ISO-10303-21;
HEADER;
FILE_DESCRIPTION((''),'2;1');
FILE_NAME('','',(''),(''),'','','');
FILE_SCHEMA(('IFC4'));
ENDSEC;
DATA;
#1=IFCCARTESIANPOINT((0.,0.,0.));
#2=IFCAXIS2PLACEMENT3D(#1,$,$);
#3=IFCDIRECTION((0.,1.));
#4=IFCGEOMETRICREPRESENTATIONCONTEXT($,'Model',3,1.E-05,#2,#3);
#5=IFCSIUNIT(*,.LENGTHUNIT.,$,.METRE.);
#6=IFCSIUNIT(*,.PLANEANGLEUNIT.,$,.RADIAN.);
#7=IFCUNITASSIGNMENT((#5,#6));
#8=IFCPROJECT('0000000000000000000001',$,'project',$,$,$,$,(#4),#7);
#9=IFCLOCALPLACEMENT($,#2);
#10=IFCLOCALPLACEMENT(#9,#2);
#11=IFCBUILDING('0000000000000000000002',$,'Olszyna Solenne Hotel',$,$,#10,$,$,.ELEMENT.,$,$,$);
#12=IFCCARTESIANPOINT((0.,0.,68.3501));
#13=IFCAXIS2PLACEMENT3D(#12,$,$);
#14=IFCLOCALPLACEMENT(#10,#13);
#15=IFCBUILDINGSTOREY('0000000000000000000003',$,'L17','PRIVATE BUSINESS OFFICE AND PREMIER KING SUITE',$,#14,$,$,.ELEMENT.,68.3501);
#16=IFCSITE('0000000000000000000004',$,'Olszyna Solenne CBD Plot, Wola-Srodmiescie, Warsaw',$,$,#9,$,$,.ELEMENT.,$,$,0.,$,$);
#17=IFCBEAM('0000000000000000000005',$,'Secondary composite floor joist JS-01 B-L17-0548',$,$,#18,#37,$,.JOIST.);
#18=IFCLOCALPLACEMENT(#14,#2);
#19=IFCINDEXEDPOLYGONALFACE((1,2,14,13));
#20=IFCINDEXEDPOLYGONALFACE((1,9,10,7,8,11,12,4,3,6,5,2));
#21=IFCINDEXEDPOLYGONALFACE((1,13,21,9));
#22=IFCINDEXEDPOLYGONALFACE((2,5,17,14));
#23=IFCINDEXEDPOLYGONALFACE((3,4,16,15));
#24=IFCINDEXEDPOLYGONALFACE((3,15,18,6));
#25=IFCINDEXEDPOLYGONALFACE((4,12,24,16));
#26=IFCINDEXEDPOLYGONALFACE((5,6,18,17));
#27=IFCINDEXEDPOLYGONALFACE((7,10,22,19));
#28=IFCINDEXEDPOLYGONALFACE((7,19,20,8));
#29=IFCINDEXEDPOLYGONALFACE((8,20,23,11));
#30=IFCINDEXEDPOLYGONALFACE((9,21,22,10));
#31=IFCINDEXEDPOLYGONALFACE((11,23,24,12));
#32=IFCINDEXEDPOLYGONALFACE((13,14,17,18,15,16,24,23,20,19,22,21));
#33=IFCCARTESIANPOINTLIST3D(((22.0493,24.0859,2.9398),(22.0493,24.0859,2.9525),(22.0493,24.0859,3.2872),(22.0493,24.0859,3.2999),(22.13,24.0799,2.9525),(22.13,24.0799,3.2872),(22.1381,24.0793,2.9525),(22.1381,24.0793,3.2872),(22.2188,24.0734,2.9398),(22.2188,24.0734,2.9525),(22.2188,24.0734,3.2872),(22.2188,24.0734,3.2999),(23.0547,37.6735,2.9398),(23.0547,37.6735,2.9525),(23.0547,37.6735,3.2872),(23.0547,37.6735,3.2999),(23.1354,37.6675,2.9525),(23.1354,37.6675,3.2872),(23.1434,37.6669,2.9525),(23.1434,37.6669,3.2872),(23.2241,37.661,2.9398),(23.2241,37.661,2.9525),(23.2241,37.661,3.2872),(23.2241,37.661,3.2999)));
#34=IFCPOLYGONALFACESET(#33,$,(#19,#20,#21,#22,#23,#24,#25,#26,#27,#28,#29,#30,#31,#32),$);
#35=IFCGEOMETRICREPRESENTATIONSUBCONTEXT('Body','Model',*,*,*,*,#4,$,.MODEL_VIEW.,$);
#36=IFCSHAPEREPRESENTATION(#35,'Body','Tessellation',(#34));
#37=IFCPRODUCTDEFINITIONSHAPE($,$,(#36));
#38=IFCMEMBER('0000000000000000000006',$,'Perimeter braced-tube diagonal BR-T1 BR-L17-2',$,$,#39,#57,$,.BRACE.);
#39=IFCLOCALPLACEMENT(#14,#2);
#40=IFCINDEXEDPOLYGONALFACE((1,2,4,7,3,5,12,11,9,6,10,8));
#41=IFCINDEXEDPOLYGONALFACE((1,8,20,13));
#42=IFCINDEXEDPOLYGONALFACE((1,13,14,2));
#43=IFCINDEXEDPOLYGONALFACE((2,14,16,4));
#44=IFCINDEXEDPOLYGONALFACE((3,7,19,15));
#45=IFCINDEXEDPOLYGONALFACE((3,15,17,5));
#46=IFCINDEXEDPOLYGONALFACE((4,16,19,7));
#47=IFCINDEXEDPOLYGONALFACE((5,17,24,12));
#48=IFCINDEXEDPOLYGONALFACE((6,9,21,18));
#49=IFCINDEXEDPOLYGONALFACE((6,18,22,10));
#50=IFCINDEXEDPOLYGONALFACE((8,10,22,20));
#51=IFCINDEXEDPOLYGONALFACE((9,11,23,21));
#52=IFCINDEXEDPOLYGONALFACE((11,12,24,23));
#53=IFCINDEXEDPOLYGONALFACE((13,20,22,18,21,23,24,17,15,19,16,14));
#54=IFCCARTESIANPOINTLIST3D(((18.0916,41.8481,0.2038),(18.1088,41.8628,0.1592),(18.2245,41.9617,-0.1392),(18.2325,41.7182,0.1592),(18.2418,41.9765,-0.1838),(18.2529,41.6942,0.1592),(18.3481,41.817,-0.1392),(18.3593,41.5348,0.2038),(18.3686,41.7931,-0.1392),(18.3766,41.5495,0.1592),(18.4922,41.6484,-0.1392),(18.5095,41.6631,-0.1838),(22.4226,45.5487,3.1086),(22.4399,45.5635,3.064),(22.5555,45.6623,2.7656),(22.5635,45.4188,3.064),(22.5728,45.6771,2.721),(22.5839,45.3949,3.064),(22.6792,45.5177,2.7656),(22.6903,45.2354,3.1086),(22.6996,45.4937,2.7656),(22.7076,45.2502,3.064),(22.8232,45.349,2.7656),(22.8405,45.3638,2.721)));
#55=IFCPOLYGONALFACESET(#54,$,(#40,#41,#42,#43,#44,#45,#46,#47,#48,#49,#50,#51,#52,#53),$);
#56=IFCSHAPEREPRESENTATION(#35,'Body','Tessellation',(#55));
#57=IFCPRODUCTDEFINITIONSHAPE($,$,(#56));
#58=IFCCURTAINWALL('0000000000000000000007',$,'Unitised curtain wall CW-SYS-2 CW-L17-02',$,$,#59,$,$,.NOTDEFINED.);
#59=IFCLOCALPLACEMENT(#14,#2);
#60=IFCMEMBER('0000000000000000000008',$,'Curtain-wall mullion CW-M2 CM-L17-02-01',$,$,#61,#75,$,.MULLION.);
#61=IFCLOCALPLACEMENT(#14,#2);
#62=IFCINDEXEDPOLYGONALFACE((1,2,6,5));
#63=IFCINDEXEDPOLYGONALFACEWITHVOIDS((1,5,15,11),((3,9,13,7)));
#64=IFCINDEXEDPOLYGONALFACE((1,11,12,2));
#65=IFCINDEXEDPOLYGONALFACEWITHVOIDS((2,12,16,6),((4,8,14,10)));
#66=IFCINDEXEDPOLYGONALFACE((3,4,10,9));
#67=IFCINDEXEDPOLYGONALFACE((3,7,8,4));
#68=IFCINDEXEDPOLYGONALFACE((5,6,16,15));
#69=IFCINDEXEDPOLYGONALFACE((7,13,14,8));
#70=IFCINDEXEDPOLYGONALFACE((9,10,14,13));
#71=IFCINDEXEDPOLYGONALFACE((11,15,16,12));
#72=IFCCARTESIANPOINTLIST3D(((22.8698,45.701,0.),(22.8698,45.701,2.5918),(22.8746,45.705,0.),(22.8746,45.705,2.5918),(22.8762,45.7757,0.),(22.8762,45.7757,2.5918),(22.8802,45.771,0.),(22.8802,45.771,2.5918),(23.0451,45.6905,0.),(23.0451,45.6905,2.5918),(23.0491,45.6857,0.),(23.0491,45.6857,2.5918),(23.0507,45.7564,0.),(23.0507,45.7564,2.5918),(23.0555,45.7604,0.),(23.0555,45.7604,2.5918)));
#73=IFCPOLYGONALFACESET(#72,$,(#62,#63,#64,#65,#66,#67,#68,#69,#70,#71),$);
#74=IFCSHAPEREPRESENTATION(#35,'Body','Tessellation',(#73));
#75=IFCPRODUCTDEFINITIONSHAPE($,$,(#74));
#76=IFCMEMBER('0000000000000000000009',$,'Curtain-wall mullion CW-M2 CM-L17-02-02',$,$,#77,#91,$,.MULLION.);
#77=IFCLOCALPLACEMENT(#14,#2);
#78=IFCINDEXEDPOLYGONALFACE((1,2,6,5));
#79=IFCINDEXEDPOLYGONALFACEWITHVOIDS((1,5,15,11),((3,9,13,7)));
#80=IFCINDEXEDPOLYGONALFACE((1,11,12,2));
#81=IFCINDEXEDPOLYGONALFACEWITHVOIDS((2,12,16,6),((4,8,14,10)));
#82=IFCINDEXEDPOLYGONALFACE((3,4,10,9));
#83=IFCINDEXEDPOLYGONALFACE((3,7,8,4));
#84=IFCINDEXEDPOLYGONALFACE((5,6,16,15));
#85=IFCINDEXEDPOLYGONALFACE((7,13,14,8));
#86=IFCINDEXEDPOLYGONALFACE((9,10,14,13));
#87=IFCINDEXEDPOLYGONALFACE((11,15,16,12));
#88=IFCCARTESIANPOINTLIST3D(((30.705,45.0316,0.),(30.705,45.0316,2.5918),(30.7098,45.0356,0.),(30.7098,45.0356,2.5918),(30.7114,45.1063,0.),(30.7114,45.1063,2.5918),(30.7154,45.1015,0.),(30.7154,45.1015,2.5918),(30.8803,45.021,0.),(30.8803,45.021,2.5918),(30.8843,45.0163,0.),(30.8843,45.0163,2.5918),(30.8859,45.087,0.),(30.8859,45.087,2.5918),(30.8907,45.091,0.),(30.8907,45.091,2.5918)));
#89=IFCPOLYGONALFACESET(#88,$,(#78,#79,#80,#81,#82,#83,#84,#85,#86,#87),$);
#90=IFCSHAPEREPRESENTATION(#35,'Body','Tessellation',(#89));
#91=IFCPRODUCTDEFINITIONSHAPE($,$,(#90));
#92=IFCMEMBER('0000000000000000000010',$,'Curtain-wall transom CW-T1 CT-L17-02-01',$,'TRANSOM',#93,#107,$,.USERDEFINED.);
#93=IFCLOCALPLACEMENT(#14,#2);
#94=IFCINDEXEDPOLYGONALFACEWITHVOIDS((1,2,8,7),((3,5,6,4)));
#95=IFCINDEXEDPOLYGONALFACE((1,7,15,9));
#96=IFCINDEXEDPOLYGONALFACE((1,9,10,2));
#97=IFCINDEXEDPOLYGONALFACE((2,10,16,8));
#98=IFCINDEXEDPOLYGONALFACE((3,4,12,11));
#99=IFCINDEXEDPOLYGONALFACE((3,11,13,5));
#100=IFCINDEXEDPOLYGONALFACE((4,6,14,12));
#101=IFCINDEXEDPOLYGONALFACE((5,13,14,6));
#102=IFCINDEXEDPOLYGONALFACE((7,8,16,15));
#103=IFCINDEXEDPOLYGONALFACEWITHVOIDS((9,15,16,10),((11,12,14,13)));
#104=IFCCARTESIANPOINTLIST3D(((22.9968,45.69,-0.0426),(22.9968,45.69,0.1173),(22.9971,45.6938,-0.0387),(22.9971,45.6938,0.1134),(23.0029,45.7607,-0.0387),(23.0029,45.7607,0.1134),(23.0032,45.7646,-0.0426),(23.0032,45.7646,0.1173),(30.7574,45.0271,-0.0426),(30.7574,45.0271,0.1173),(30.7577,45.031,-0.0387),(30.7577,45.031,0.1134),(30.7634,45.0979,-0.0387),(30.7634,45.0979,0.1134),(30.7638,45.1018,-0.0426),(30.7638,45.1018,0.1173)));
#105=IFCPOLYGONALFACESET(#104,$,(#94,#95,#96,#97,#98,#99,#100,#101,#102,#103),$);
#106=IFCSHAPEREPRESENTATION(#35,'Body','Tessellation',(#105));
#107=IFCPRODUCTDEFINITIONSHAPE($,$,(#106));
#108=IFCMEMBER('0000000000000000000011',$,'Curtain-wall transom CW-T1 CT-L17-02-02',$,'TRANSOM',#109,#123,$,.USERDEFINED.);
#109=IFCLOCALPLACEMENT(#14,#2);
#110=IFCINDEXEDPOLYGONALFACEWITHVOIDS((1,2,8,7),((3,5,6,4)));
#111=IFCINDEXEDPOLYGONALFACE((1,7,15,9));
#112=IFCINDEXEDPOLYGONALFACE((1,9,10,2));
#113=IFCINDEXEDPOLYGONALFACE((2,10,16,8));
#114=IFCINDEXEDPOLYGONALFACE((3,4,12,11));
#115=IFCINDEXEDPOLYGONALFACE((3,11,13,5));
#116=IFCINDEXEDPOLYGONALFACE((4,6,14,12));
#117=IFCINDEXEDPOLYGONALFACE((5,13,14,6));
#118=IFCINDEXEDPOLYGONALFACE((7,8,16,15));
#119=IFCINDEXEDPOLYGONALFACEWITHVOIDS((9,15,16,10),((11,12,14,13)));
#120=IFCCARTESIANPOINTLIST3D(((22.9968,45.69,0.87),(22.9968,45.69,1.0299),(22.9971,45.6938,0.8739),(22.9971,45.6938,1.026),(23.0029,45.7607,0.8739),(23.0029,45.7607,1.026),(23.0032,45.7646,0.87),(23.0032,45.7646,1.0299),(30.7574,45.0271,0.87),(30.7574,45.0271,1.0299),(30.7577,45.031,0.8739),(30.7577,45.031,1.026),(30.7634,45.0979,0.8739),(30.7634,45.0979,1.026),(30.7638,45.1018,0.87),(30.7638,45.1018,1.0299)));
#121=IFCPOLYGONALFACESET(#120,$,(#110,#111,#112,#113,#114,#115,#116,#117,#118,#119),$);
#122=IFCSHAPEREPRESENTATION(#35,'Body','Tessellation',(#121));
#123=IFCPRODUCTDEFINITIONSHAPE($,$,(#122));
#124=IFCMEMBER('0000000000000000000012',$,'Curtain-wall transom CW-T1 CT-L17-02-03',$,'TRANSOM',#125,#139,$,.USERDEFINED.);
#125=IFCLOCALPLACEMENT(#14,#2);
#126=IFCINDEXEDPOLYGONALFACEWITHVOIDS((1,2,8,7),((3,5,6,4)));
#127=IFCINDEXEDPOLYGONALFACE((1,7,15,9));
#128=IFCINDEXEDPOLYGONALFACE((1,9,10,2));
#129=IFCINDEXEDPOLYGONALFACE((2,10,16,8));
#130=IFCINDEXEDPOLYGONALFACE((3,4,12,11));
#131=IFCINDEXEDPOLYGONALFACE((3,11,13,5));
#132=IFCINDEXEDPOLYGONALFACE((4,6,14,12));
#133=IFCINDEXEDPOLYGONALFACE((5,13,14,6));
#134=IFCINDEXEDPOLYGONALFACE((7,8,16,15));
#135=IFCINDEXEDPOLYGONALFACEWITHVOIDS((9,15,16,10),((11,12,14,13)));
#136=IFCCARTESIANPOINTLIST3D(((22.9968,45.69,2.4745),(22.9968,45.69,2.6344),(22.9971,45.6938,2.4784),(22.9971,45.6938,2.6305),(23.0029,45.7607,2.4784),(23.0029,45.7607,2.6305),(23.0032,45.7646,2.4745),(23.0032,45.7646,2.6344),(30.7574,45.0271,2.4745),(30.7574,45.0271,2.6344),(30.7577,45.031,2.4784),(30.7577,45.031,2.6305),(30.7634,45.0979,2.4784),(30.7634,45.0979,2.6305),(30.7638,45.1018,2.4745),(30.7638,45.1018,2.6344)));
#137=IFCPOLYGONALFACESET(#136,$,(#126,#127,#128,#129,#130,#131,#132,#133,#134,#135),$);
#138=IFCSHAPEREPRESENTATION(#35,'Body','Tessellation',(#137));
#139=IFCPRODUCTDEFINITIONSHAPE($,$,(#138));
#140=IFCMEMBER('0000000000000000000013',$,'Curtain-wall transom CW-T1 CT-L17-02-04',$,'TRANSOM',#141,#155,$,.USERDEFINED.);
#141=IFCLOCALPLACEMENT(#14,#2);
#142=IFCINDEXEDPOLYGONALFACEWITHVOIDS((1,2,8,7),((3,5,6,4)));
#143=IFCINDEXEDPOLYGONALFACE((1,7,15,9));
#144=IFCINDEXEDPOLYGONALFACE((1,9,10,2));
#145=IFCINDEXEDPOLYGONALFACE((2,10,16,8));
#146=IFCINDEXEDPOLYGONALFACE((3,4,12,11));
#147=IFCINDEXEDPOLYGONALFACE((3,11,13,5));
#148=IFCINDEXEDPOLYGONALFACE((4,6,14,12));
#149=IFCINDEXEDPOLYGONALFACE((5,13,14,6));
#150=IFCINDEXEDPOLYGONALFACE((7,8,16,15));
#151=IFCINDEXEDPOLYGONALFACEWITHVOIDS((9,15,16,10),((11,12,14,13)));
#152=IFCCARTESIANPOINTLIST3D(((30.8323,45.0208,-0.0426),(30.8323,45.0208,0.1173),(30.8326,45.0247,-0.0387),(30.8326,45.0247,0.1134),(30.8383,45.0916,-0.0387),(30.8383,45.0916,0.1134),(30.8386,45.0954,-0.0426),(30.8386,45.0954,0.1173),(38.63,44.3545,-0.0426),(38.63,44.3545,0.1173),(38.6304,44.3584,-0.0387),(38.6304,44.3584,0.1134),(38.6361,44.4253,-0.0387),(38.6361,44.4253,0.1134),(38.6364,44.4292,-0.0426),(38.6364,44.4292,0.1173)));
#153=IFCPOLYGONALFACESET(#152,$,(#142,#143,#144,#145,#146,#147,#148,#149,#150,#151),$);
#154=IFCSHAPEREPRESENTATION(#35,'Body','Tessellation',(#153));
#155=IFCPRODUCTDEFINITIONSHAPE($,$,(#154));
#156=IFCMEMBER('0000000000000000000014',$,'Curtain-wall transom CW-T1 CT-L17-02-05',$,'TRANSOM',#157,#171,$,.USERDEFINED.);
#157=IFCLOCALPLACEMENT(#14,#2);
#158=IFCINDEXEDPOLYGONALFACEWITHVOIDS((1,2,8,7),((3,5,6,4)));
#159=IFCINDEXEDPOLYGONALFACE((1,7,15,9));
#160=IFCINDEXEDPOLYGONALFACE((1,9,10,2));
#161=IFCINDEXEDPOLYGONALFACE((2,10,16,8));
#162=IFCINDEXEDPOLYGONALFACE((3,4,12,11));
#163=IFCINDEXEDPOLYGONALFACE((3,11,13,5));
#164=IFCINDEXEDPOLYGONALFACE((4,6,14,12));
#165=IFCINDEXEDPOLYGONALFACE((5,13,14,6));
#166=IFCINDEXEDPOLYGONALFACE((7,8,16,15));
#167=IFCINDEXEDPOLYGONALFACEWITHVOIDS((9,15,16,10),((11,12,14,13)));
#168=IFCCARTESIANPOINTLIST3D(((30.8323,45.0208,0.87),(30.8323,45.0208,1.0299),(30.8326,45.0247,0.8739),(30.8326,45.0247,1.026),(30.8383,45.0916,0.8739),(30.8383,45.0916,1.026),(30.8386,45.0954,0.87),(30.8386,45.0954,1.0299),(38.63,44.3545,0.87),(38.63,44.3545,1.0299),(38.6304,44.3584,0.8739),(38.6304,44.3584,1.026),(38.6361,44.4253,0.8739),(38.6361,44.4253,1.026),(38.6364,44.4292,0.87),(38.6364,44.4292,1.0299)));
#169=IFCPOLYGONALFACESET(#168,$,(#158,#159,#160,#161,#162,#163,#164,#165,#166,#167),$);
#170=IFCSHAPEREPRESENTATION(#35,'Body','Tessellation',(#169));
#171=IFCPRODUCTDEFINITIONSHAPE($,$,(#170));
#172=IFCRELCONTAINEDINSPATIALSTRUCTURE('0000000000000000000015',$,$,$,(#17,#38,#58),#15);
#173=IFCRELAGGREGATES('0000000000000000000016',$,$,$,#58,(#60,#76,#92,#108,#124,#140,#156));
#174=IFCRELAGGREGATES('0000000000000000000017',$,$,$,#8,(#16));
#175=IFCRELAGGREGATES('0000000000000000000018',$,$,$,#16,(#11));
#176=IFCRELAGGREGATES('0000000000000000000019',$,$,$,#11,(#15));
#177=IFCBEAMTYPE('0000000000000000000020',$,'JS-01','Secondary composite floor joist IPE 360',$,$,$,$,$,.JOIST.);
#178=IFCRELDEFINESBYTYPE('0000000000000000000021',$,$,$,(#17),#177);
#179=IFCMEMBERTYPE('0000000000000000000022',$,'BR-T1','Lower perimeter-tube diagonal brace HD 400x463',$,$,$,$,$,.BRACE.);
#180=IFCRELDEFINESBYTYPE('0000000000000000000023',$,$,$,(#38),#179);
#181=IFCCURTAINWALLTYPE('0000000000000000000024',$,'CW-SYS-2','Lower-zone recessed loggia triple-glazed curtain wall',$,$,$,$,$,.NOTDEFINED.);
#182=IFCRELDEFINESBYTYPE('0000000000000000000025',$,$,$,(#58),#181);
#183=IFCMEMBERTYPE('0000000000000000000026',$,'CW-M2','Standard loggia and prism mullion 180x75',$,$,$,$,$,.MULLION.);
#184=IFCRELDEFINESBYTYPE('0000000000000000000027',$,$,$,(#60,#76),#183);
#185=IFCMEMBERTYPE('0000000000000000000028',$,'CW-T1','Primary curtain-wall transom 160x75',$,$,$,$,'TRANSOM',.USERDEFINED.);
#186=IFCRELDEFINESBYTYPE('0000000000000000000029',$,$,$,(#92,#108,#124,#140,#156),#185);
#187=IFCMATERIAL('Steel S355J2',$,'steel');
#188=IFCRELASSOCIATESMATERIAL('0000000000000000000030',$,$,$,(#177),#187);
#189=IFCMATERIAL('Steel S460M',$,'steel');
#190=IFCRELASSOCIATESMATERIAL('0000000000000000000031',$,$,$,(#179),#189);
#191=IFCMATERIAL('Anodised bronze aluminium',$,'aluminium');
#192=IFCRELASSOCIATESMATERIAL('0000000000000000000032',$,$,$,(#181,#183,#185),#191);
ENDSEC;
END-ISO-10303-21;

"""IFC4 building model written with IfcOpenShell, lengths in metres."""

from ifc_helpers import new_model, si_unit, direction, frame, origin, origin_2d, place, context, subcontext, project, spatial, hollow_rectangle, i_section, extrude, source, transform, mapped, material, material_profile, profile_set, type_object, element, aggregate, save


model = new_model("IFC4")

# Units and contexts
model_context = context("Model", 3, precision=1e-05, world=origin(), true_north=direction((0.0, 1.0)))
body_context = subcontext(model_context, "Body", "Model", "MODEL_VIEW")
ifc_project = project(units=[si_unit("LENGTHUNIT", "METRE"), si_unit("PLANEANGLEUNIT", "RADIAN")], contexts=[model_context])

# Site, building, storey
site_placement = place(None, origin())
site = spatial("IfcSite", under=ifc_project, at=site_placement, Name="Olszyna Solenne CBD Plot, Wola-Srodmiescie, Warsaw", CompositionType="ELEMENT", RefElevation=0.0)
building_placement = place(site_placement, origin())
building = spatial("IfcBuilding", under=site, at=building_placement, Name="Olszyna Solenne Hotel", CompositionType="ELEMENT")
storey_placement = place(building_placement, frame((0.0, 0.0, 68.3501)))
storey = spatial("IfcBuildingStorey", under=building, at=storey_placement, Name="L17", Description="PRIVATE BUSINESS OFFICE AND PREMIER KING SUITE", CompositionType="ELEMENT", Elevation=68.3501)

# Shared definitions
ifc_material_1 = material(Name="Steel S460M", Category="steel")

# Beam
ifc_material_2 = material(Name="Steel S355J2", Category="steel")
ifc_material_profile_1 = material_profile(ifc_material_2, i_section(OverallWidth=0.1699, OverallDepth=0.3601, WebThickness=0.0081, FlangeThickness=0.0127, at=origin_2d()), Name="IPE 360", Category="load-bearing")
ifc_profile_set_1 = profile_set([ifc_material_profile_1], Name="Steel S355J2")
beam_type_1 = type_object("IfcBeamType", Name="JS-01", Description="Secondary composite floor joist IPE 360", PredefinedType="JOIST", material=ifc_profile_set_1)
shared_shape_1 = source(origin(), body_context, "Body", "SweptSolid", [
    extrude(i_section(OverallWidth=0.1699, OverallDepth=0.3601, WebThickness=0.0081, FlangeThickness=0.0127, at=origin_2d()), origin(), (0.0, 0.0, 1.0), 13.6248),
])
beam_1_placement = place(storey_placement, frame((23.1394, 37.6672, 3.1199), z_axis=(-0.07379, -0.997274, 0.0), x_axis=(0.997274, -0.07379, 0.0)))
element("IfcBeam", 1, at=beam_1_placement, inside=storey, type_object=beam_type_1, Name="Secondary composite floor joist JS-01 B-L17-0548", PredefinedType="JOIST", context=body_context, shape_type="MappedRepresentation", body=[
    mapped(shared_shape_1, transform((0.0, 0.0, 0.0), x_axis=(1.0, 0.0, 0.0), y_axis=(0.0, 1.0, 0.0), z_axis=(0.0, 0.0, 1.0), scale=1.0)),
])

# Member
ifc_material_profile_2 = material_profile(ifc_material_1, i_section(OverallWidth=0.4121, OverallDepth=0.4351, WebThickness=0.0315, FlangeThickness=0.05, at=origin_2d()), Name="HD 400x463", Category="load-bearing")
ifc_profile_set_2 = profile_set([ifc_material_profile_2], Name="Steel S460M")
member_type_1 = type_object("IfcMemberType", Name="BR-T1", Description="Lower perimeter-tube diagonal brace HD 400x463", PredefinedType="BRACE", material=ifc_profile_set_2)
shared_shape_2 = source(origin(), body_context, "Body", "SweptSolid", [
    extrude(i_section(OverallWidth=0.4121, OverallDepth=0.4351, WebThickness=0.0315, FlangeThickness=0.05, at=origin_2d()), origin(), (0.0, 0.0, 1.0), 6.3945),
])
member_1_placement = place(storey_placement, frame((18.3005, 41.7556, 0.01), z_axis=(0.677299, 0.57872, 0.454256), x_axis=(-0.649612, 0.760266, 0.0)))
element("IfcMember", 2, at=member_1_placement, inside=storey, type_object=member_type_1, Name="Perimeter braced-tube diagonal BR-T1 BR-L17-2", PredefinedType="BRACE", context=body_context, shape_type="MappedRepresentation", body=[
    mapped(shared_shape_2, transform((0.0, 0.0, 0.0), x_axis=(1.0, 0.0, 0.0), y_axis=(0.0, 1.0, 0.0), z_axis=(0.0, 0.0, 1.0), scale=1.0)),
])

# Curtain wall, members
ifc_material_3 = material(Name="Anodised bronze aluminium", Category="aluminium")
curtain_wall_type = type_object("IfcCurtainWallType", Name="CW-SYS-2", Description="Lower-zone recessed loggia triple-glazed curtain wall", PredefinedType="NOTDEFINED", material=ifc_material_3)
curtain_wall_placement = place(storey_placement, origin())
curtain_wall = element("IfcCurtainWall", 3, at=curtain_wall_placement, inside=storey, type_object=curtain_wall_type, Name="Unitised curtain wall CW-SYS-2 CW-L17-02", PredefinedType="NOTDEFINED")
ifc_material_profile_3 = material_profile(ifc_material_3, hollow_rectangle(XDim=0.075, YDim=0.1799, WallThickness=0.0044, at=origin_2d()), Name="MULL 180x75x4.5", Category="load-bearing")
ifc_profile_set_3 = profile_set([ifc_material_profile_3], Name="Anodised bronze aluminium")
member_type_2 = type_object("IfcMemberType", Name="CW-M2", Description="Standard loggia and prism mullion 180x75", PredefinedType="MULLION", material=ifc_profile_set_3)
shared_shape_3 = source(origin(), body_context, "Body", "SweptSolid", [
    extrude(hollow_rectangle(XDim=0.075, YDim=0.1799, WallThickness=0.0044, at=origin_2d()), origin(), (0.0, 0.0, 1.0), 2.5918),
])
member_2_placement = place(storey_placement, frame((22.9626, 45.7307, 0.0), z_axis=(0.0, 0.0, 1.0), x_axis=(0.085125, 0.99637, 0.0)))
member_2 = element("IfcMember", 4, at=member_2_placement, type_object=member_type_2, Name="Curtain-wall mullion CW-M2 CM-L17-02-01", PredefinedType="MULLION", context=body_context, shape_type="MappedRepresentation", body=[
    mapped(shared_shape_3, transform((0.0, 0.0, 0.0), x_axis=(1.0, 0.0, 0.0), y_axis=(0.0, 1.0, 0.0), z_axis=(0.0, 0.0, 1.0), scale=1.0)),
])
member_3_placement = place(storey_placement, frame((30.7979, 45.0613, 0.0), z_axis=(0.0, 0.0, 1.0), x_axis=(0.085125, 0.99637, 0.0)))
member_3 = element("IfcMember", 5, at=member_3_placement, type_object=member_type_2, Name="Curtain-wall mullion CW-M2 CM-L17-02-02", PredefinedType="MULLION", context=body_context, shape_type="MappedRepresentation", body=[
    mapped(shared_shape_3, transform((0.0, 0.0, 0.0), x_axis=(1.0, 0.0, 0.0), y_axis=(0.0, 1.0, 0.0), z_axis=(0.0, 0.0, 1.0), scale=1.0)),
])
ifc_material_profile_4 = material_profile(ifc_material_3, hollow_rectangle(XDim=0.075, YDim=0.1599, WallThickness=0.0039, at=origin_2d()), Name="TRAN 160x75x4", Category="load-bearing")
ifc_profile_set_4 = profile_set([ifc_material_profile_4], Name="Anodised bronze aluminium")
member_type_3 = type_object("IfcMemberType", Name="CW-T1", Description="Primary curtain-wall transom 160x75", ElementType="TRANSOM", PredefinedType="USERDEFINED", material=ifc_profile_set_4)
shared_shape_4 = source(origin(), body_context, "Body", "SweptSolid", [
    extrude(hollow_rectangle(XDim=0.075, YDim=0.1599, WallThickness=0.0039, at=origin_2d()), origin(), (0.0, 0.0, 1.0), 7.7888),
])
member_4_placement = place(storey_placement, frame((23.0, 45.7273, 0.0374), z_axis=(0.996372, -0.085102, 0.0), x_axis=(0.085102, 0.996372, 0.0)))
member_4 = element("IfcMember", 6, at=member_4_placement, type_object=member_type_3, Name="Curtain-wall transom CW-T1 CT-L17-02-01", ObjectType="TRANSOM", PredefinedType="USERDEFINED", context=body_context, shape_type="MappedRepresentation", body=[
    mapped(shared_shape_4, transform((0.0, 0.0, 0.0), x_axis=(1.0, 0.0, 0.0), y_axis=(0.0, 1.0, 0.0), z_axis=(0.0, 0.0, 1.0), scale=1.0)),
])
member_5_placement = place(storey_placement, frame((23.0, 45.7273, 0.95), z_axis=(0.996372, -0.085102, 0.0), x_axis=(0.085102, 0.996372, 0.0)))
member_5 = element("IfcMember", 7, at=member_5_placement, type_object=member_type_3, Name="Curtain-wall transom CW-T1 CT-L17-02-02", ObjectType="TRANSOM", PredefinedType="USERDEFINED", context=body_context, shape_type="MappedRepresentation", body=[
    mapped(shared_shape_4, transform((0.0, 0.0, 0.0), x_axis=(1.0, 0.0, 0.0), y_axis=(0.0, 1.0, 0.0), z_axis=(0.0, 0.0, 1.0), scale=1.0)),
])
member_6_placement = place(storey_placement, frame((23.0, 45.7273, 2.5544), z_axis=(0.996372, -0.085102, 0.0), x_axis=(0.085102, 0.996372, 0.0)))
member_6 = element("IfcMember", 8, at=member_6_placement, type_object=member_type_3, Name="Curtain-wall transom CW-T1 CT-L17-02-03", ObjectType="TRANSOM", PredefinedType="USERDEFINED", context=body_context, shape_type="MappedRepresentation", body=[
    mapped(shared_shape_4, transform((0.0, 0.0, 0.0), x_axis=(1.0, 0.0, 0.0), y_axis=(0.0, 1.0, 0.0), z_axis=(0.0, 0.0, 1.0), scale=1.0)),
])
shared_shape_5 = source(origin(), body_context, "Body", "SweptSolid", [
    extrude(hollow_rectangle(XDim=0.075, YDim=0.1599, WallThickness=0.0039, at=origin_2d()), origin(), (0.0, 0.0, 1.0), 7.8262),
])
member_7_placement = place(storey_placement, frame((30.8354, 45.0581, 0.0374), z_axis=(0.99637, -0.085131, 0.0), x_axis=(0.085131, 0.99637, 0.0)))
member_7 = element("IfcMember", 9, at=member_7_placement, type_object=member_type_3, Name="Curtain-wall transom CW-T1 CT-L17-02-04", ObjectType="TRANSOM", PredefinedType="USERDEFINED", context=body_context, shape_type="MappedRepresentation", body=[
    mapped(shared_shape_5, transform((0.0, 0.0, 0.0), x_axis=(1.0, 0.0, 0.0), y_axis=(0.0, 1.0, 0.0), z_axis=(0.0, 0.0, 1.0), scale=1.0)),
])
member_8_placement = place(storey_placement, frame((30.8354, 45.0581, 0.95), z_axis=(0.99637, -0.085131, 0.0), x_axis=(0.085131, 0.99637, 0.0)))
member_8 = element("IfcMember", 10, at=member_8_placement, type_object=member_type_3, Name="Curtain-wall transom CW-T1 CT-L17-02-05", ObjectType="TRANSOM", PredefinedType="USERDEFINED", context=body_context, shape_type="MappedRepresentation", body=[
    mapped(shared_shape_5, transform((0.0, 0.0, 0.0), x_axis=(1.0, 0.0, 0.0), y_axis=(0.0, 1.0, 0.0), z_axis=(0.0, 0.0, 1.0), scale=1.0)),
])

aggregate(curtain_wall, [member_2, member_3, member_4, member_5, member_6, member_7, member_8])

save(model, "model.ifc")
